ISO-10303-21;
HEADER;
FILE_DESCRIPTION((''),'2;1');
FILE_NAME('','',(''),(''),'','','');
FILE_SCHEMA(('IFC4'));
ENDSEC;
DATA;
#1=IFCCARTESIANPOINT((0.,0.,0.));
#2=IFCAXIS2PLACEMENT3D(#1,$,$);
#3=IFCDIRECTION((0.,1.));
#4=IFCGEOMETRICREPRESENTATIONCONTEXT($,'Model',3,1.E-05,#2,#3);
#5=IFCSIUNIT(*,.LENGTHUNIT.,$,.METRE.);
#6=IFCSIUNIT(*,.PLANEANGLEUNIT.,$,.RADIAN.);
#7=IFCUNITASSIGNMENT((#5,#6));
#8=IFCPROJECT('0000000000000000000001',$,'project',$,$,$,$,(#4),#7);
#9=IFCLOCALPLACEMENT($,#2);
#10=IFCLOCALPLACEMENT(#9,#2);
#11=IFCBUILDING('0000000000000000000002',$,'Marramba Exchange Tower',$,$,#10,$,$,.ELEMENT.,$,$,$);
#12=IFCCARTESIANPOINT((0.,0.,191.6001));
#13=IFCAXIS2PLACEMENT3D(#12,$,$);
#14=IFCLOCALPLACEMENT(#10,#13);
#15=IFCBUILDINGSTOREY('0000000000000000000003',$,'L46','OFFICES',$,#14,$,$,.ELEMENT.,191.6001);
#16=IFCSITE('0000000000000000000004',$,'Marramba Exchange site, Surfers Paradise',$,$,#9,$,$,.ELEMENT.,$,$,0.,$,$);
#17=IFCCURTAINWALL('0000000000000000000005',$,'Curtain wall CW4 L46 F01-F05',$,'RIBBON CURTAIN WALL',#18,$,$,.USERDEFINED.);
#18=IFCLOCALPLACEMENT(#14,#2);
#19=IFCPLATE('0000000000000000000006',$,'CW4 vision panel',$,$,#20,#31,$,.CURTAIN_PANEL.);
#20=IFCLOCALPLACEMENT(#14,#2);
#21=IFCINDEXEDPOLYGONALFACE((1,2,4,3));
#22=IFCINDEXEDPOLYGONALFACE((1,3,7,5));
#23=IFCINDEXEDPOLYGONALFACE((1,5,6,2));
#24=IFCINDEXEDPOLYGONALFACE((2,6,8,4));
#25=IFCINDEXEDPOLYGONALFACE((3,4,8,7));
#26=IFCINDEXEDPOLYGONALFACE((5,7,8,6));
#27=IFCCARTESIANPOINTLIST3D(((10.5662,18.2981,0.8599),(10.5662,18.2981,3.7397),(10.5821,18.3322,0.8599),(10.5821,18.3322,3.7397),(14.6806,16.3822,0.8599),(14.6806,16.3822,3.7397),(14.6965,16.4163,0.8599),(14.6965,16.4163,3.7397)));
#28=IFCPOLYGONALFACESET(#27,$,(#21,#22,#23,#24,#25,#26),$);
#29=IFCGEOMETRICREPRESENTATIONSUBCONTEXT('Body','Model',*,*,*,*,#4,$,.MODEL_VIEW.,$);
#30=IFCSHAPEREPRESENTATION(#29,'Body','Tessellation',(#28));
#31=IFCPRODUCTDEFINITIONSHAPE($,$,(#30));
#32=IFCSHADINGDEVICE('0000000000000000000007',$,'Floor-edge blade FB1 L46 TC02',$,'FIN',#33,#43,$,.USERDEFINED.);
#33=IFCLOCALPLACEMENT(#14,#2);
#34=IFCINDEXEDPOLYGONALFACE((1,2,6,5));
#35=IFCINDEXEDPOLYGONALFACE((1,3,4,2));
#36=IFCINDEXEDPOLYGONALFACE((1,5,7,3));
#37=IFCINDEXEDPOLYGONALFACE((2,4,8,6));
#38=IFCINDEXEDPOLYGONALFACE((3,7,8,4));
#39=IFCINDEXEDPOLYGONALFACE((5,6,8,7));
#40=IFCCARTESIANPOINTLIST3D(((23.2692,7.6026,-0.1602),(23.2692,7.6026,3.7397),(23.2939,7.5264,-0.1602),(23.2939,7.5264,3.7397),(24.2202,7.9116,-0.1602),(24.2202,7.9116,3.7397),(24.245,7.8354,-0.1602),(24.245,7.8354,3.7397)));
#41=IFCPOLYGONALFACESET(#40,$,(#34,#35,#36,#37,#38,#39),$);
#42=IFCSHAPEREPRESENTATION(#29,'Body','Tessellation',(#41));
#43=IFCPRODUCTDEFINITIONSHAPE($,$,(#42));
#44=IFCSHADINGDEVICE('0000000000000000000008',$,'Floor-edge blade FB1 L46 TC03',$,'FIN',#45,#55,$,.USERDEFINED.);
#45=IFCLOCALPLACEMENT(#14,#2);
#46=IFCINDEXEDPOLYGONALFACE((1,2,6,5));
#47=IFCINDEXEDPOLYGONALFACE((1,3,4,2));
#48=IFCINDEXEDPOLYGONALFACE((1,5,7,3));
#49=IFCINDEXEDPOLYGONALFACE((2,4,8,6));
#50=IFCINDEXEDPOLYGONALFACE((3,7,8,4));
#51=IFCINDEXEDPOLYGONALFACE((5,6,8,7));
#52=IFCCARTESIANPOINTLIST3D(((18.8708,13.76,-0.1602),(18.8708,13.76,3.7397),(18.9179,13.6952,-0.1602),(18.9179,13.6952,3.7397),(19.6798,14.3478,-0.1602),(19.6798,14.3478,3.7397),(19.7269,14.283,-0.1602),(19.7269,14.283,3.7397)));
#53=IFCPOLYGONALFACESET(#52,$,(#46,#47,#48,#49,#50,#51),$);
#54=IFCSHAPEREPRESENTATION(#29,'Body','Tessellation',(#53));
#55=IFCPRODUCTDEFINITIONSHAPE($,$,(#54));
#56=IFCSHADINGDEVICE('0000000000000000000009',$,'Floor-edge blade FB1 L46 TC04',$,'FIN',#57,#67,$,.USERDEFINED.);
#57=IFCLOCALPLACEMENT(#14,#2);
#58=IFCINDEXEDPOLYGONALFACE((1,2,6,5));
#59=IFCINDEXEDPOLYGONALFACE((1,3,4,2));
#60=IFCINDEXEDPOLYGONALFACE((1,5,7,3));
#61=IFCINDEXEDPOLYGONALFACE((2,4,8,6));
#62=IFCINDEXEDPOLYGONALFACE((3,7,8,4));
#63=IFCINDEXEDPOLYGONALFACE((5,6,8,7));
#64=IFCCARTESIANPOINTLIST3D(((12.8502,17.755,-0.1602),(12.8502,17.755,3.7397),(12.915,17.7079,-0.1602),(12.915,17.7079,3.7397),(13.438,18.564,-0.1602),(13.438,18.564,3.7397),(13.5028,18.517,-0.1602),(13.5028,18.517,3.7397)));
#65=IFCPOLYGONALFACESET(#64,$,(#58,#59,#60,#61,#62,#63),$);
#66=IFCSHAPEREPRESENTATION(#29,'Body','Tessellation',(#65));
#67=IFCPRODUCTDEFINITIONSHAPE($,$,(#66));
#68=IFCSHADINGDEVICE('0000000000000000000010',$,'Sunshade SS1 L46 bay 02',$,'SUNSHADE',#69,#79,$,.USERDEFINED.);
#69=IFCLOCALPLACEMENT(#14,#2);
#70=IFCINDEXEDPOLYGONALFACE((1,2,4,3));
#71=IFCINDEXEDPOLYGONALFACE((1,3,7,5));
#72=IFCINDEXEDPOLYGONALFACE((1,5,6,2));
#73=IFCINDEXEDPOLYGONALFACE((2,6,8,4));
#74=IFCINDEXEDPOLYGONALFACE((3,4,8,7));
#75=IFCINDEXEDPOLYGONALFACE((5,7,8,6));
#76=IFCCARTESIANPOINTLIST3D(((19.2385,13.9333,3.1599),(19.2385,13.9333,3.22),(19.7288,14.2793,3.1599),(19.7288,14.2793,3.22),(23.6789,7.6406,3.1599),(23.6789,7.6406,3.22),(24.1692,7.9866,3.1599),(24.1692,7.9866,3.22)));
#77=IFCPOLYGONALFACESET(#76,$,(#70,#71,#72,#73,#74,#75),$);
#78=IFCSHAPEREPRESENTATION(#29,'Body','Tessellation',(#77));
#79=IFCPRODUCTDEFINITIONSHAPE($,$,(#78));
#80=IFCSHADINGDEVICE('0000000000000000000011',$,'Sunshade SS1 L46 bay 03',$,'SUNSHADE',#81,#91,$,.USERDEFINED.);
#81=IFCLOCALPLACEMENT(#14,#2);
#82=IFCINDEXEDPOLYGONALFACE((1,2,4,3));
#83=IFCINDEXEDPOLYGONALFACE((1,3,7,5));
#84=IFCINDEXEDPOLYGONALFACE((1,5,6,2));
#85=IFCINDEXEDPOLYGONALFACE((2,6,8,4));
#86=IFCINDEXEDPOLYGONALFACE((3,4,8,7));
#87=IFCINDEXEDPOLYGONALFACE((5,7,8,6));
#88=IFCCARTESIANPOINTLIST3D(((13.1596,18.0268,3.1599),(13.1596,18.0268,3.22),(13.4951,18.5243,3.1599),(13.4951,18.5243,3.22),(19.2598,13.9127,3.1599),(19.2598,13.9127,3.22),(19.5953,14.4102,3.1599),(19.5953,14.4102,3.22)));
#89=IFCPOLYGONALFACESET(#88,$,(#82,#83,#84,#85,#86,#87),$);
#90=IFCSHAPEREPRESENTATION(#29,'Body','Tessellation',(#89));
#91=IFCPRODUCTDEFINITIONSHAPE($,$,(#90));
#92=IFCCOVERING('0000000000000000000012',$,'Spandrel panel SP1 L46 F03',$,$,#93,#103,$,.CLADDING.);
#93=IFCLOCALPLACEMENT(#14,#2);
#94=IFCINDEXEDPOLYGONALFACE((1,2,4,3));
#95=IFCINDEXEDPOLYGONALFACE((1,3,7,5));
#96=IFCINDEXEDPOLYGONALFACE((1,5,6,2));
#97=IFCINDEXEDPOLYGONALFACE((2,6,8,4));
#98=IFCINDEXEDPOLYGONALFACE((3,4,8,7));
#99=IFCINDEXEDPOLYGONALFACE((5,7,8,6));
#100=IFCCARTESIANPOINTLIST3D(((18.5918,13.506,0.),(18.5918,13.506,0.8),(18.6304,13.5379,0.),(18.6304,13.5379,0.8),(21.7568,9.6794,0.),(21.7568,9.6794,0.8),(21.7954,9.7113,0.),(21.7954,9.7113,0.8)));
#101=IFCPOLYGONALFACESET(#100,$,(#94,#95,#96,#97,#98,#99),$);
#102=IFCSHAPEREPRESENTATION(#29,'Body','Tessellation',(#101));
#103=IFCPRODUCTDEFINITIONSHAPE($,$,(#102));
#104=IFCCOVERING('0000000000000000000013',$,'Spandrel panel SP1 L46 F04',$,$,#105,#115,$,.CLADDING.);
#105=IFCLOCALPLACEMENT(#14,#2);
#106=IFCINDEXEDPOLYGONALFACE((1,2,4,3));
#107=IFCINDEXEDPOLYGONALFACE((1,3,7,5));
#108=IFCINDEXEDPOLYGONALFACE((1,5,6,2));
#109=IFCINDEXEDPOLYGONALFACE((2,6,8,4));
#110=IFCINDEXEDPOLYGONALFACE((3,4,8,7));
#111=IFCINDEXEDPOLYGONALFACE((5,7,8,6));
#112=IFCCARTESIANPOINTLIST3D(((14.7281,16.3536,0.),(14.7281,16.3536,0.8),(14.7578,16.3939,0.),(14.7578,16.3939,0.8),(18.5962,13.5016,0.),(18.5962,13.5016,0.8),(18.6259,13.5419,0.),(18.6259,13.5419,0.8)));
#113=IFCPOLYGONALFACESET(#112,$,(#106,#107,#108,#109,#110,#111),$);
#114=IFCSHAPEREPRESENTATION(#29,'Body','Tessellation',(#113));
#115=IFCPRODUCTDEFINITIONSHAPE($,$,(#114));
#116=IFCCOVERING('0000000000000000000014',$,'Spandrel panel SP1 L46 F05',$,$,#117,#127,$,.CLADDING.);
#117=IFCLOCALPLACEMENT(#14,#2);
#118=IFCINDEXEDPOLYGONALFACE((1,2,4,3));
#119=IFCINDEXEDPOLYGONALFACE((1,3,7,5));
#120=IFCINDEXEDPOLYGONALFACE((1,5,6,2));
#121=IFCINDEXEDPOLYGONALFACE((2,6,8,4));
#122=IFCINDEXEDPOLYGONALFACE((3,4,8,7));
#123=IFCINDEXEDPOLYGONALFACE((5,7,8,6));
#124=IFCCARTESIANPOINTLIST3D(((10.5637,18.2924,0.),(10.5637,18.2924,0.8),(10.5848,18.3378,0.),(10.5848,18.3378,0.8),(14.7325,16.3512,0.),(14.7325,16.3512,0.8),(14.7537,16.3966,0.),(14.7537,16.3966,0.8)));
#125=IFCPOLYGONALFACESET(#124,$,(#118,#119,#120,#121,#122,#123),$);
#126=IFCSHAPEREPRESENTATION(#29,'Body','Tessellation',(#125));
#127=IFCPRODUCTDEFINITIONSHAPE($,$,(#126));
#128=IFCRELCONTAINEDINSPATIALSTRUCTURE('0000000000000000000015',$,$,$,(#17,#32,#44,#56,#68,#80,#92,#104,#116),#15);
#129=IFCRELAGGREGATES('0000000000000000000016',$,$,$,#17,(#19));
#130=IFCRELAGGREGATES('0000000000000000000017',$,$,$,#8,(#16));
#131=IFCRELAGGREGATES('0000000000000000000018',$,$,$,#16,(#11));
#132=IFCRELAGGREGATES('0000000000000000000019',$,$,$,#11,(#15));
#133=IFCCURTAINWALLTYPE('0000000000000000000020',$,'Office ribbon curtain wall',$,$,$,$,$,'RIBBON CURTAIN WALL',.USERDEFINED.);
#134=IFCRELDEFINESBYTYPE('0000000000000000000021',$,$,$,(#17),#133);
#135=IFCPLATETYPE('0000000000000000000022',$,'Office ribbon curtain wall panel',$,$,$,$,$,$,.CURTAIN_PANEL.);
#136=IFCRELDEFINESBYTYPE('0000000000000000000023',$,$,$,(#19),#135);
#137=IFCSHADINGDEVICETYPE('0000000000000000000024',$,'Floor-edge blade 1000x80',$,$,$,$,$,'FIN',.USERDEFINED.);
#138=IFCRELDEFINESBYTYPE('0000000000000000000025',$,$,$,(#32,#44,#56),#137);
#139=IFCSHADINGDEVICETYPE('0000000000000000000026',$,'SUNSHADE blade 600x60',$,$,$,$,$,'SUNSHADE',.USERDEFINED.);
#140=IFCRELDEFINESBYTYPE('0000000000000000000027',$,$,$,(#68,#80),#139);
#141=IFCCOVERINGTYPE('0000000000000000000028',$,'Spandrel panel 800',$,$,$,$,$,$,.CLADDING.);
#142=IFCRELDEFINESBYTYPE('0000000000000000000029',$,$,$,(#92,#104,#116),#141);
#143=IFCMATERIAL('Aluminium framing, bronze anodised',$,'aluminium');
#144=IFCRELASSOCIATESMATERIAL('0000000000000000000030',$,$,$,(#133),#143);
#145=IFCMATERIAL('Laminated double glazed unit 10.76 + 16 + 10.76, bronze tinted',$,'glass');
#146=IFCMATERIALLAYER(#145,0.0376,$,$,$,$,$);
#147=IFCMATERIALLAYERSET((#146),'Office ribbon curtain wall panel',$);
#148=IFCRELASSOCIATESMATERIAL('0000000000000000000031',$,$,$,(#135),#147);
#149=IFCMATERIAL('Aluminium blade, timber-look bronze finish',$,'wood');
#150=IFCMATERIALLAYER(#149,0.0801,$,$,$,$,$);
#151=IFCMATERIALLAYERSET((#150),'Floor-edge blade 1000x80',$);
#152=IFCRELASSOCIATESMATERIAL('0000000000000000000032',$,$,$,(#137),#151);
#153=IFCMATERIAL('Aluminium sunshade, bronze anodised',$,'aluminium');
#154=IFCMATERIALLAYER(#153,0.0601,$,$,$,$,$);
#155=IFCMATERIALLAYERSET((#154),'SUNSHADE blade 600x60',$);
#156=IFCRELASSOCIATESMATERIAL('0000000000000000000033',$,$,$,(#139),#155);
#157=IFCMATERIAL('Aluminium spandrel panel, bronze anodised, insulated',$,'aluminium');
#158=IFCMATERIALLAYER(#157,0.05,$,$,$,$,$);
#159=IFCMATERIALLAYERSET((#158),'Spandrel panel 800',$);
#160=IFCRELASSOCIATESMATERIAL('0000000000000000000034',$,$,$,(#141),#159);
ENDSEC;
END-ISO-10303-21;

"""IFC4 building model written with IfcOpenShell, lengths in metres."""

from ifc_helpers import new_model, si_unit, direction, frame, origin, origin_2d, place, context, subcontext, project, spatial, rectangle, extrude, material, layer, layer_set, type_object, element, aggregate, save


model = new_model("IFC4")

# Units and contexts
model_context = context("Model", 3, precision=1e-05, world=origin(), true_north=direction((0.0, 1.0)))
body_context = subcontext(model_context, "Body", "Model", "MODEL_VIEW")
ifc_project = project(units=[si_unit("LENGTHUNIT", "METRE"), si_unit("PLANEANGLEUNIT", "RADIAN")], contexts=[model_context])

# Site, building, storey
site_placement = place(None, origin())
site = spatial("IfcSite", under=ifc_project, at=site_placement, Name="Marramba Exchange site, Surfers Paradise", CompositionType="ELEMENT", RefElevation=0.0)
building_placement = place(site_placement, origin())
building = spatial("IfcBuilding", under=site, at=building_placement, Name="Marramba Exchange Tower", CompositionType="ELEMENT")
storey_placement = place(building_placement, frame((0.0, 0.0, 191.6001)))
storey = spatial("IfcBuildingStorey", under=building, at=storey_placement, Name="L46", Description="OFFICES", CompositionType="ELEMENT", Elevation=191.6001)

# Curtain wall
ifc_material_1 = material(Name="Aluminium framing, bronze anodised", Category="aluminium")
curtain_wall_type = type_object("IfcCurtainWallType", Name="Office ribbon curtain wall", ElementType="RIBBON CURTAIN WALL", PredefinedType="USERDEFINED", material=ifc_material_1)
curtain_wall_placement = place(storey_placement, origin())
curtain_wall = element("IfcCurtainWall", 1, at=curtain_wall_placement, inside=storey, type_object=curtain_wall_type, Name="Curtain wall CW4 L46 F01-F05", ObjectType="RIBBON CURTAIN WALL", PredefinedType="USERDEFINED")

# Plate
ifc_material_2 = material(Name="Laminated double glazed unit 10.76 + 16 + 10.76, bronze tinted", Category="glass")
ifc_layer_1 = layer(ifc_material_2, 0.0376)
ifc_layer_set_1 = layer_set([ifc_layer_1], Name="Office ribbon curtain wall panel")
plate_type = type_object("IfcPlateType", Name="Office ribbon curtain wall panel", PredefinedType="CURTAIN_PANEL", material=ifc_layer_set_1)
plate_1_placement = place(storey_placement, frame((12.6313, 17.3572, 0.8599), z_axis=(0.0, 0.0, 1.0), x_axis=(-0.906534, 0.422133, 0.0)))
plate_1 = element("IfcPlate", 2, at=plate_1_placement, type_object=plate_type, Name="CW4 vision panel", PredefinedType="CURTAIN_PANEL", context=body_context, shape_type="SweptSolid", body=[
    extrude(rectangle(XDim=4.5386, YDim=0.0376, at=origin_2d()), origin(), (0.0, 0.0, 1.0), 2.8799),
])
aggregate(curtain_wall, [plate_1])

# Shading devices
ifc_material_3 = material(Name="Aluminium blade, timber-look bronze finish", Category="wood")
ifc_layer_2 = layer(ifc_material_3, 0.0801)
ifc_layer_set_2 = layer_set([ifc_layer_2], Name="Floor-edge blade 1000x80")
shading_device_type_1 = type_object("IfcShadingDeviceType", Name="Floor-edge blade 1000x80", ElementType="FIN", PredefinedType="USERDEFINED", material=ifc_layer_set_2)
for number, where, z_axis, x_axis, name in (
    (3, (23.7571, 7.719, -0.1602), (0.0, 0.0, 1.0), (0.951057, 0.309017, 0.0), "Floor-edge blade FB1 L46 TC02"),
    (4, (19.2988, 14.0215, -0.1602), (0.0, 0.0, 1.0), (0.809017, 0.587785, 0.0), "Floor-edge blade FB1 L46 TC03"),
    (5, (13.1765, 18.136, -0.1602), (0.0, 0.0, 1.0), (0.587785, 0.809017, 0.0), "Floor-edge blade FB1 L46 TC04"),
):
    element("IfcShadingDevice", number, at=place(storey_placement, frame(where, z_axis=z_axis, x_axis=x_axis)), inside=storey, type_object=shading_device_type_1, Name=name, ObjectType="FIN", PredefinedType="USERDEFINED", context=body_context, shape_type="SweptSolid", body=[
        extrude(rectangle(XDim=1.0, YDim=0.0801, at=origin_2d()), origin(), (0.0, 0.0, 1.0), 3.8999),
    ])
ifc_material_4 = material(Name="Aluminium sunshade, bronze anodised", Category="aluminium")
ifc_layer_3 = layer(ifc_material_4, 0.0601)
ifc_layer_set_3 = layer_set([ifc_layer_3], Name="SUNSHADE blade 600x60")
shading_device_type_2 = type_object("IfcShadingDeviceType", Name="SUNSHADE blade 600x60", ElementType="SUNSHADE", PredefinedType="USERDEFINED", material=ifc_layer_set_3)
shading_device_1_placement = place(storey_placement, frame((21.7039, 10.96, 3.1599), z_axis=(0.0, 0.0, 1.0), x_axis=(-0.576555, 0.817058, 0.0)))
element("IfcShadingDevice", 6, at=shading_device_1_placement, inside=storey, type_object=shading_device_type_2, Name="Sunshade SS1 L46 bay 02", ObjectType="SUNSHADE", PredefinedType="USERDEFINED", context=body_context, shape_type="SweptSolid", body=[
    extrude(rectangle(XDim=7.7017, YDim=0.6001, at=origin_2d()), origin(), (0.0, 0.0, 1.0), 0.0601),
])
shading_device_2_placement = place(storey_placement, frame((16.3774, 16.2185, 3.1599), z_axis=(0.0, 0.0, 1.0), x_axis=(-0.829071, 0.559143, 0.0)))
element("IfcShadingDevice", 7, at=shading_device_2_placement, inside=storey, type_object=shading_device_type_2, Name="Sunshade SS1 L46 bay 03", ObjectType="SUNSHADE", PredefinedType="USERDEFINED", context=body_context, shape_type="SweptSolid", body=[
    extrude(rectangle(XDim=7.3579, YDim=0.6001, at=origin_2d()), origin(), (0.0, 0.0, 1.0), 0.0601),
])

# Coverings
ifc_material_5 = material(Name="Aluminium spandrel panel, bronze anodised, insulated", Category="aluminium")
ifc_layer_4 = layer(ifc_material_5, 0.05)
ifc_layer_set_4 = layer_set([ifc_layer_4], Name="Spandrel panel 800")
covering_type = type_object("IfcCoveringType", Name="Spandrel panel 800", PredefinedType="CLADDING", material=ifc_layer_set_4)
covering_1_placement = place(storey_placement, frame((20.1936, 11.6086, 0.0), z_axis=(0.0, 0.0, 1.0), x_axis=(-0.63735, 0.770574, 0.0)))
element("IfcCovering", 8, at=covering_1_placement, inside=storey, type_object=covering_type, Name="Spandrel panel SP1 L46 F03", PredefinedType="CLADDING", context=body_context, shape_type="SweptSolid", body=[
    extrude(rectangle(XDim=4.9658, YDim=0.05, at=origin_2d()), origin(), (0.0, 0.0, 1.0), 0.8),
])
covering_2_placement = place(storey_placement, frame((16.677, 14.9478, 0.0), z_axis=(0.0, 0.0, 1.0), x_axis=(-0.804877, 0.593441, 0.0)))
element("IfcCovering", 9, at=covering_2_placement, inside=storey, type_object=covering_type, Name="Spandrel panel SP1 L46 F04", PredefinedType="CLADDING", context=body_context, shape_type="SweptSolid", body=[
    extrude(rectangle(XDim=4.8059, YDim=0.05, at=origin_2d()), origin(), (0.0, 0.0, 1.0), 0.8),
])
covering_3_placement = place(storey_placement, frame((12.6587, 17.3445, 0.0), z_axis=(0.0, 0.0, 1.0), x_axis=(-0.906534, 0.422133, 0.0)))
element("IfcCovering", 10, at=covering_3_placement, inside=storey, type_object=covering_type, Name="Spandrel panel SP1 L46 F05", PredefinedType="CLADDING", context=body_context, shape_type="SweptSolid", body=[
    extrude(rectangle(XDim=4.5986, YDim=0.05, at=origin_2d()), origin(), (0.0, 0.0, 1.0), 0.8),
])

save(model, "model.ifc")
